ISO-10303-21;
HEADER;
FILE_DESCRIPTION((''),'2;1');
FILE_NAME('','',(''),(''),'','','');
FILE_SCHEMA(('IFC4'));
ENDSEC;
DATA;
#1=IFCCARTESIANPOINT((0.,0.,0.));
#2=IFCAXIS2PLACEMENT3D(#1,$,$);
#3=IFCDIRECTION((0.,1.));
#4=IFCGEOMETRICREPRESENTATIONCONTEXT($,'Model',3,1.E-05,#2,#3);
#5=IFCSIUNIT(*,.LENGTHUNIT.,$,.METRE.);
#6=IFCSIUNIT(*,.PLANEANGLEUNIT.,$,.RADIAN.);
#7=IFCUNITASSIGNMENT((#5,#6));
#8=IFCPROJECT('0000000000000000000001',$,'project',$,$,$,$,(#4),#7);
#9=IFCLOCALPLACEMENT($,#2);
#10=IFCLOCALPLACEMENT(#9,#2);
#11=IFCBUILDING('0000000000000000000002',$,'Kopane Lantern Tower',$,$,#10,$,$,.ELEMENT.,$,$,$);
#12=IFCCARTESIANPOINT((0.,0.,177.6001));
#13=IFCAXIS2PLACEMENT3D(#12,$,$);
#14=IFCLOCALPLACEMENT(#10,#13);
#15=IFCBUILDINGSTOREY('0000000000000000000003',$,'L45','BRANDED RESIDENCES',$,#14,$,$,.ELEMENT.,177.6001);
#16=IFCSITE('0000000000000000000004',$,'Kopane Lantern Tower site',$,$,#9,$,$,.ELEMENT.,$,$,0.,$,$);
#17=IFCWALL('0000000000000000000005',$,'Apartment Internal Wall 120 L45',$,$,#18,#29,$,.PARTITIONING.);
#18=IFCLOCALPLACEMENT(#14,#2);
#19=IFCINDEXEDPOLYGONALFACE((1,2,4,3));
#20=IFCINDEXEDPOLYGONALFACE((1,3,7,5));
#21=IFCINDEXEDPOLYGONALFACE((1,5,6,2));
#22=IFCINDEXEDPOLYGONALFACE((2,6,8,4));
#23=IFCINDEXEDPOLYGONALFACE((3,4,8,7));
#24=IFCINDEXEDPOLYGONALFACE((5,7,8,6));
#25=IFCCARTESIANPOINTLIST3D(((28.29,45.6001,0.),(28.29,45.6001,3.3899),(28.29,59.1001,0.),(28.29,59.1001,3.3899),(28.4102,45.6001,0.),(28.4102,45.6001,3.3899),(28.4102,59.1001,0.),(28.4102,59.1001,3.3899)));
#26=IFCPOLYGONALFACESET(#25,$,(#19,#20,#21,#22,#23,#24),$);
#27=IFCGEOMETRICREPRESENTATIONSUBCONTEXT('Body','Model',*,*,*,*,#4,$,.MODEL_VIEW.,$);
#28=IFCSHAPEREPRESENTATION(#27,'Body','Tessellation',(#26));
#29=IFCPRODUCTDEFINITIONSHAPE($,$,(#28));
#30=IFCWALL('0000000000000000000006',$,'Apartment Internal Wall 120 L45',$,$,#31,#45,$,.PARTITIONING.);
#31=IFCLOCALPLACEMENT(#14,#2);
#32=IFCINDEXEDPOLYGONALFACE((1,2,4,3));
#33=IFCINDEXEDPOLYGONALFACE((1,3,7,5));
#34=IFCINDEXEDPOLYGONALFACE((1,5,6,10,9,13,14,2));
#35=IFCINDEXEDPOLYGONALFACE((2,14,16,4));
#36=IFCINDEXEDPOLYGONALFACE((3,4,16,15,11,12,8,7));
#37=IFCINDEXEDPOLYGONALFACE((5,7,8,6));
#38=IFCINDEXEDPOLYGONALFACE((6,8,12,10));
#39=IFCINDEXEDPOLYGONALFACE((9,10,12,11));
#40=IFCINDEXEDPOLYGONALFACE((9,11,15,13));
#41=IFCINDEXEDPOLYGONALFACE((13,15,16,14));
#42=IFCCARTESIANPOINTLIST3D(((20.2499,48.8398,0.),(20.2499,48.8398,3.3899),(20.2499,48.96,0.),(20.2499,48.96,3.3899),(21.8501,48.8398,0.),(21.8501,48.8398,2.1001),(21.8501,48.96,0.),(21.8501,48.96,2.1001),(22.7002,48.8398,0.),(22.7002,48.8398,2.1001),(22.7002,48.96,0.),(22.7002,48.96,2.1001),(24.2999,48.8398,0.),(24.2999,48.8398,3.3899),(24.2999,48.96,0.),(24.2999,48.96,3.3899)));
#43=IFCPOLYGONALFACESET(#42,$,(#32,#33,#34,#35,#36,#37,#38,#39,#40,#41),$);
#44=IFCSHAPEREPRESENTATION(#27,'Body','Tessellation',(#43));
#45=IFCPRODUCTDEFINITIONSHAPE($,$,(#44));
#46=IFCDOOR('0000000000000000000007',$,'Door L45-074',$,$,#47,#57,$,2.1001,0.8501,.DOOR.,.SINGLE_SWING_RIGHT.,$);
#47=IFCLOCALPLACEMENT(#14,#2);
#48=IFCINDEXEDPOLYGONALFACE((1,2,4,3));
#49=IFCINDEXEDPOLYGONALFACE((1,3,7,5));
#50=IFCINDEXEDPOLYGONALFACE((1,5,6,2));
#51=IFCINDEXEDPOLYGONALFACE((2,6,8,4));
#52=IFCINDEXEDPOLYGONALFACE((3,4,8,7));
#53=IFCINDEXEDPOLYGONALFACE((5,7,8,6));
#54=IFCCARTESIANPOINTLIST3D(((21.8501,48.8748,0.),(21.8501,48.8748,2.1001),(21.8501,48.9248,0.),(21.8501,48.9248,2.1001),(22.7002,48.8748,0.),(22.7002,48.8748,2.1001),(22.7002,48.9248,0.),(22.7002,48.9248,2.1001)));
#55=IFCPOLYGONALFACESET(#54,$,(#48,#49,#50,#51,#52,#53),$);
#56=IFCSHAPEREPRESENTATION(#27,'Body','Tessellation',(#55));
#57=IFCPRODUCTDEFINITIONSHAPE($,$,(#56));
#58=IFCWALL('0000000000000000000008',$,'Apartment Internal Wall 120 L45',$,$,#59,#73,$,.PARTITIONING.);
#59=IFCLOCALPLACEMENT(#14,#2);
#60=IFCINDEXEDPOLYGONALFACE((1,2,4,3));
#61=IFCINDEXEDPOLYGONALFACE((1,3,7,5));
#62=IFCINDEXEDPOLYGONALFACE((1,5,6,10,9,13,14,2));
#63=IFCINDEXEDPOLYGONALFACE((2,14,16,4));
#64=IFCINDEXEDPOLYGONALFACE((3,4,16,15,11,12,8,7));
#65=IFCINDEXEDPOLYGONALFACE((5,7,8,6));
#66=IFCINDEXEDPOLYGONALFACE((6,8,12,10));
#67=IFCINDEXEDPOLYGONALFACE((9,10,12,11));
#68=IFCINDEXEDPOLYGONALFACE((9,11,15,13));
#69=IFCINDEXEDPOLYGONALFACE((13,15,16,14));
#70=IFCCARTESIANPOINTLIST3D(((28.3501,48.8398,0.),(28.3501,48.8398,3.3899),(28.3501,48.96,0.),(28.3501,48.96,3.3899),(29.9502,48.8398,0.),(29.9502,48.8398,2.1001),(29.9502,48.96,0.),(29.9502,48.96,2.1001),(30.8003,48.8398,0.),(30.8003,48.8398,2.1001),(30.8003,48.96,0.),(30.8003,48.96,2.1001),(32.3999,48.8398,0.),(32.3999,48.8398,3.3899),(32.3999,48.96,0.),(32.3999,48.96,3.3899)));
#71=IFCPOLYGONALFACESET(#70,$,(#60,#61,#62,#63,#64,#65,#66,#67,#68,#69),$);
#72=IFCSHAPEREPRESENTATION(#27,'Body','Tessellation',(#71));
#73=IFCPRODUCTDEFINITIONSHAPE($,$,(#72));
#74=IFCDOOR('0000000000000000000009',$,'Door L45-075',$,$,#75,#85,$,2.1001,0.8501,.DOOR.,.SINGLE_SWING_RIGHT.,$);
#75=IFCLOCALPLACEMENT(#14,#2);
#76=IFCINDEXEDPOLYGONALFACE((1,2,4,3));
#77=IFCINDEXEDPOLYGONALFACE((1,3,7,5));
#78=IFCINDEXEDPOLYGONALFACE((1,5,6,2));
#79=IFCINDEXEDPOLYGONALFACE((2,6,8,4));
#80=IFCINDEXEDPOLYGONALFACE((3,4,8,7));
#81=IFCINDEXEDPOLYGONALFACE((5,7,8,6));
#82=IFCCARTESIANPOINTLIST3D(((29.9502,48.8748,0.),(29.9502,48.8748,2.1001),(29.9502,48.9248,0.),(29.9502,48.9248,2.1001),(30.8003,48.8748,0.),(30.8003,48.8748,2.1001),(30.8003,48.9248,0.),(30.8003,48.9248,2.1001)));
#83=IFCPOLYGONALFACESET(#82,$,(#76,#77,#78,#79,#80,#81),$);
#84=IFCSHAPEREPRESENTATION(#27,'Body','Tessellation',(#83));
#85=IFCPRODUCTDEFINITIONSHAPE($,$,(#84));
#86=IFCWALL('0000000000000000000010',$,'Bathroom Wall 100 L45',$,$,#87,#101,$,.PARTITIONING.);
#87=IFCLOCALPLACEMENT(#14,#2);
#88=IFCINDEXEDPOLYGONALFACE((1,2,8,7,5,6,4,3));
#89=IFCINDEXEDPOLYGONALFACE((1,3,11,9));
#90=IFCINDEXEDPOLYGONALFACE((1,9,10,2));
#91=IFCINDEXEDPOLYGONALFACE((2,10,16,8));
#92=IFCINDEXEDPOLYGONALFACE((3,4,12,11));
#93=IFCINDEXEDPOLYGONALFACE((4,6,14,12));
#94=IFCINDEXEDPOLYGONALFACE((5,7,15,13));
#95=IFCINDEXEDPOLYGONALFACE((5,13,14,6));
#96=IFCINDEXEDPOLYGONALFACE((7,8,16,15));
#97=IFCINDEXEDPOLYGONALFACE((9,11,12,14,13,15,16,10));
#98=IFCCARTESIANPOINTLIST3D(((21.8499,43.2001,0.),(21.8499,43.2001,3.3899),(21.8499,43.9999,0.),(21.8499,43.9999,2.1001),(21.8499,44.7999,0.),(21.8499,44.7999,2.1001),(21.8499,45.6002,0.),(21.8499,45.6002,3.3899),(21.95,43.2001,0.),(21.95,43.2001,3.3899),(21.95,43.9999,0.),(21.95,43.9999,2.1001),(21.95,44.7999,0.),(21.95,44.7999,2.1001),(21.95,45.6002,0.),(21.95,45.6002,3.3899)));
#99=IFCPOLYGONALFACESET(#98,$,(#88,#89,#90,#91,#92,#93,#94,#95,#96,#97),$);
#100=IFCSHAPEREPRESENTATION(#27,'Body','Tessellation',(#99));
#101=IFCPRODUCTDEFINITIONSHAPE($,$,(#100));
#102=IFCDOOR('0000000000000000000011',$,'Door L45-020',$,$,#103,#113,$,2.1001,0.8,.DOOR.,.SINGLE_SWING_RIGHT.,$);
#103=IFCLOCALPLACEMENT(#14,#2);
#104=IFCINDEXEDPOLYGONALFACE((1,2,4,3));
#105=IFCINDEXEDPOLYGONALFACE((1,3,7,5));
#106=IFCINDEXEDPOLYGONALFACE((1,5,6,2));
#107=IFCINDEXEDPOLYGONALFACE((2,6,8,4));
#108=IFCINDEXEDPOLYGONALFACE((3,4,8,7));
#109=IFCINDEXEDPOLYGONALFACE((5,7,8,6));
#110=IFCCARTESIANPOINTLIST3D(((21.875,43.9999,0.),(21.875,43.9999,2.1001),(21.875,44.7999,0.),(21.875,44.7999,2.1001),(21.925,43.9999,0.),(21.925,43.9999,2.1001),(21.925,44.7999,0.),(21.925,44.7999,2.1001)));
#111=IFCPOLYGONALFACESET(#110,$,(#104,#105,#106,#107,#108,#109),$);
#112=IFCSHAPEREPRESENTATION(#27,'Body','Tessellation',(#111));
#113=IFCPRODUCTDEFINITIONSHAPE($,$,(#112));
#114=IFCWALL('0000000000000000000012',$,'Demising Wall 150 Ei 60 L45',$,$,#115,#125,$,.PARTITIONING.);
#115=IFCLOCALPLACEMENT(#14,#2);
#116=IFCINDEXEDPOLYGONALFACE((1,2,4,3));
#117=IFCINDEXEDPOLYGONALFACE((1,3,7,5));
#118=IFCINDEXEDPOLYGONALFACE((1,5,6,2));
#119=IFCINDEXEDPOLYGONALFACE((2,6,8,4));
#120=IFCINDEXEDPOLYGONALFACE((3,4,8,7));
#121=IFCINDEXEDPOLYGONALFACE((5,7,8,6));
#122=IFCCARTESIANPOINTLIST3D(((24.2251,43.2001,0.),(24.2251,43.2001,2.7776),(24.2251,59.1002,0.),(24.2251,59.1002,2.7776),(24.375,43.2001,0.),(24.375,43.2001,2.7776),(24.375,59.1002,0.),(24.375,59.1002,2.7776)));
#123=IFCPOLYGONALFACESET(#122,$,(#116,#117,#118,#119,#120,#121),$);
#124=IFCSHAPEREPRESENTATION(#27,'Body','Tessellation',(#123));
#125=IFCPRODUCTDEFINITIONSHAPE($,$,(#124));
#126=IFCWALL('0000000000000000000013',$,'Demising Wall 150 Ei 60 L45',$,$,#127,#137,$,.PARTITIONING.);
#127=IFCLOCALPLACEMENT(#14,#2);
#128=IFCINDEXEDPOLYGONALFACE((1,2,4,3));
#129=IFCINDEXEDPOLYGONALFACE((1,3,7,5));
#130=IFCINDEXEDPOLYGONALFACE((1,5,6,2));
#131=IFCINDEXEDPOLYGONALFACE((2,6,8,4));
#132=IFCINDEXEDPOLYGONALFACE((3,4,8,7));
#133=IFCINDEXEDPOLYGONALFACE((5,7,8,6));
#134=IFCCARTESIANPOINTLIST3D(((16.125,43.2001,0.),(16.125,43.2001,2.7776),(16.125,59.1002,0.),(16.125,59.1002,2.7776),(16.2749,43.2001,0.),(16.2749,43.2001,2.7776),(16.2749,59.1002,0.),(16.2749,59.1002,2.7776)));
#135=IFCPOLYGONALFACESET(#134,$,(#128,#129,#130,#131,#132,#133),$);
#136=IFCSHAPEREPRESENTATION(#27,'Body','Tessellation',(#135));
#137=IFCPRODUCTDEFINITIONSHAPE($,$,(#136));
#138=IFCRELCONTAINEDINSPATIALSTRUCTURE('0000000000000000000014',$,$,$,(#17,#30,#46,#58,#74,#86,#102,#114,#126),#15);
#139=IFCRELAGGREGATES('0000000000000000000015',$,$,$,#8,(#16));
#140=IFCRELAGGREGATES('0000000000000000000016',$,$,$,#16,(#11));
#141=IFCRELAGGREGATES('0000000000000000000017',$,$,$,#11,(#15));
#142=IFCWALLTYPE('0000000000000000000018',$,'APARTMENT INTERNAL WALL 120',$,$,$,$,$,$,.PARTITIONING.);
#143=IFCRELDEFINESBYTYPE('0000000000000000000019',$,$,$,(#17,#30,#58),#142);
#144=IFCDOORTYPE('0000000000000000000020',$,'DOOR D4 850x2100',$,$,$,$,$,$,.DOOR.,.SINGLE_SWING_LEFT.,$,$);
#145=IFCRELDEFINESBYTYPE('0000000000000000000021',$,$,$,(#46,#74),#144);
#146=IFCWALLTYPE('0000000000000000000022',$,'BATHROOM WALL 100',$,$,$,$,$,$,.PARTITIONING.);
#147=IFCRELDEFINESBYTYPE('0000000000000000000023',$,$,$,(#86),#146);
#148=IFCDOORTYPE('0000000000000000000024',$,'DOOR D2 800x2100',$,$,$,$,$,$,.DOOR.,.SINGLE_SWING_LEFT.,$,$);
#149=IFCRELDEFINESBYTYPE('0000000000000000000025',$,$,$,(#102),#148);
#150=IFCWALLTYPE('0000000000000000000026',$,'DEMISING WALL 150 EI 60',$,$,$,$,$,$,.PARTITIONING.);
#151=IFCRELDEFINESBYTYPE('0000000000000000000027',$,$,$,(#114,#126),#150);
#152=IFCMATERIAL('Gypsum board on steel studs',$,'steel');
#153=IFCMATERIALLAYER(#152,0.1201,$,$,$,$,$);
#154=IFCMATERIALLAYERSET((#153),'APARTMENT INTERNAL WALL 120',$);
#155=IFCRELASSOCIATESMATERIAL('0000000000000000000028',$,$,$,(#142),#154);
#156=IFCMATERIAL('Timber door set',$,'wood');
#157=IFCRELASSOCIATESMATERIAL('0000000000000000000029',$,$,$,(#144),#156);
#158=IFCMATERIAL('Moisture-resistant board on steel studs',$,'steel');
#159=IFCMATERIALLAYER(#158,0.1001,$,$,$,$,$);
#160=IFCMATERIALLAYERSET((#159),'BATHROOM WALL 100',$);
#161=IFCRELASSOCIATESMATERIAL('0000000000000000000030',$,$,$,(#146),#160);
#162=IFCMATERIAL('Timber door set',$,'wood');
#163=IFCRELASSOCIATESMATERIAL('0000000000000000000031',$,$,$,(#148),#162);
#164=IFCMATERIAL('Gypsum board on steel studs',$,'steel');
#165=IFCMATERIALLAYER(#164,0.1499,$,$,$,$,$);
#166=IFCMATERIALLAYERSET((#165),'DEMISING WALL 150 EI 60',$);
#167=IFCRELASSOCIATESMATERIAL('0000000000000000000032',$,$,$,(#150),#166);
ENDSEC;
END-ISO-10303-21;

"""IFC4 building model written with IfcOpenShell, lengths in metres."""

from ifc_helpers import new_model, si_unit, direction, frame, frame_2d, origin, place, context, subcontext, project, spatial, rectangle, extrude, material, layer, layer_set, type_object, element, fill, save


model = new_model("IFC4")

# Units and contexts
model_context = context("Model", 3, precision=1e-05, world=origin(), true_north=direction((0.0, 1.0)))
body_context = subcontext(model_context, "Body", "Model", "MODEL_VIEW")
ifc_project = project(units=[si_unit("LENGTHUNIT", "METRE"), si_unit("PLANEANGLEUNIT", "RADIAN")], contexts=[model_context])

# Site, building, storey
site_placement = place(None, origin())
site = spatial("IfcSite", under=ifc_project, at=site_placement, Name="Kopane Lantern Tower site", CompositionType="ELEMENT", RefElevation=0.0)
building_placement = place(site_placement, origin())
building = spatial("IfcBuilding", under=site, at=building_placement, Name="Kopane Lantern Tower", CompositionType="ELEMENT")
storey_placement = place(building_placement, frame((0.0, 0.0, 177.6001)))
storey = spatial("IfcBuildingStorey", under=building, at=storey_placement, Name="L45", Description="BRANDED RESIDENCES", CompositionType="ELEMENT", Elevation=177.6001)

# Wall
ifc_material_1 = material(Name="Gypsum board on steel studs", Category="steel")
ifc_layer_1 = layer(ifc_material_1, 0.1201)
ifc_layer_set_1 = layer_set([ifc_layer_1], Name="APARTMENT INTERNAL WALL 120")
wall_type_1 = type_object("IfcWallType", Name="APARTMENT INTERNAL WALL 120", PredefinedType="PARTITIONING", material=ifc_layer_set_1)
for number, where, z_axis, x_axis, name in (
    (1, (28.3501, 45.6001, 0.0), (0.0, 0.0, 1.0), (0.0, 1.0, 0.0), "Apartment Internal Wall 120 L45"),
):
    element("IfcWall", number, at=place(storey_placement, frame(where, z_axis=z_axis, x_axis=x_axis)), inside=storey, type_object=wall_type_1, Name=name, PredefinedType="PARTITIONING", context=body_context, shape_type="SweptSolid", body=[
        extrude(rectangle(XDim=13.5, YDim=0.1201, at=frame_2d((6.75, 0.0))), origin(), (0.0, 0.0, 1.0), 3.3899),
    ])

# Walls, openings, doors
wall_1_placement = place(storey_placement, frame((20.25, 48.8999, 0.0), z_axis=(0.0, 0.0, 1.0), x_axis=(1.0, 0.0, 0.0)))
wall_1 = element("IfcWall", 2, at=wall_1_placement, inside=storey, type_object=wall_type_1, Name="Apartment Internal Wall 120 L45", PredefinedType="PARTITIONING", context=body_context, shape_type="SweptSolid", body=[
    extrude(rectangle(XDim=4.05, YDim=0.1201, at=frame_2d((2.0249, 0.0))), origin(), (0.0, 0.0, 1.0), 3.3899),
])
opening_1_placement = place(wall_1_placement, frame((1.6001, 0.0, 0.0)))
opening_1 = element("IfcOpeningElement", 3, at=opening_1_placement, cuts=wall_1, PredefinedType="OPENING", context=body_context, shape_type="SweptSolid", body=[
    extrude(rectangle(XDim=0.8501, YDim=2.1001, at=frame_2d((0.425, 1.05))), frame((0.0, 0.0701, 0.0), z_axis=(0.0, -1.0, 0.0), x_axis=(1.0, 0.0, 0.0)), (0.0, 0.0, 1.0), 0.1401),
])
ifc_material_2 = material(Name="Timber door set", Category="wood")
door_type_1 = type_object("IfcDoorType", Name="DOOR D4 850x2100", OperationType="SINGLE_SWING_LEFT", PredefinedType="DOOR", material=ifc_material_2)
door_1_placement = place(opening_1_placement, origin())
door_1 = element("IfcDoor", 4, at=door_1_placement, inside=storey, type_object=door_type_1, Name="Door L45-074", OperationType="SINGLE_SWING_RIGHT", OverallHeight=2.1001, OverallWidth=0.8501, PredefinedType="DOOR", context=body_context, shape_type="SweptSolid", body=[
    extrude(rectangle(XDim=0.8501, YDim=2.1001, at=frame_2d((0.425, 1.05))), frame((0.0, 0.0249, 0.0), z_axis=(0.0, -1.0, 0.0), x_axis=(1.0, 0.0, 0.0)), (0.0, 0.0, 1.0), 0.05),
])
fill(opening_1, door_1)
wall_2_placement = place(storey_placement, frame((28.3501, 48.8999, 0.0), z_axis=(0.0, 0.0, 1.0), x_axis=(1.0, 0.0, 0.0)))
wall_2 = element("IfcWall", 5, at=wall_2_placement, inside=storey, type_object=wall_type_1, Name="Apartment Internal Wall 120 L45", PredefinedType="PARTITIONING", context=body_context, shape_type="SweptSolid", body=[
    extrude(rectangle(XDim=4.0498, YDim=0.1201, at=frame_2d((2.0249, 0.0))), origin(), (0.0, 0.0, 1.0), 3.3899),
])
opening_2_placement = place(wall_2_placement, frame((1.6001, 0.0, 0.0)))
opening_2 = element("IfcOpeningElement", 6, at=opening_2_placement, cuts=wall_2, PredefinedType="OPENING", context=body_context, shape_type="SweptSolid", body=[
    extrude(rectangle(XDim=0.8501, YDim=2.1001, at=frame_2d((0.425, 1.05))), frame((0.0, 0.0701, 0.0), z_axis=(0.0, -1.0, 0.0), x_axis=(1.0, 0.0, 0.0)), (0.0, 0.0, 1.0), 0.1401),
])
door_2_placement = place(opening_2_placement, origin())
door_2 = element("IfcDoor", 7, at=door_2_placement, inside=storey, type_object=door_type_1, Name="Door L45-075", OperationType="SINGLE_SWING_RIGHT", OverallHeight=2.1001, OverallWidth=0.8501, PredefinedType="DOOR", context=body_context, shape_type="SweptSolid", body=[
    extrude(rectangle(XDim=0.8501, YDim=2.1001, at=frame_2d((0.425, 1.05))), frame((0.0, 0.0249, 0.0), z_axis=(0.0, -1.0, 0.0), x_axis=(1.0, 0.0, 0.0)), (0.0, 0.0, 1.0), 0.05),
])
fill(opening_2, door_2)
ifc_material_3 = material(Name="Moisture-resistant board on steel studs", Category="steel")
ifc_layer_2 = layer(ifc_material_3, 0.1001)
ifc_layer_set_2 = layer_set([ifc_layer_2], Name="BATHROOM WALL 100")
wall_type_2 = type_object("IfcWallType", Name="BATHROOM WALL 100", PredefinedType="PARTITIONING", material=ifc_layer_set_2)
wall_3_placement = place(storey_placement, frame((21.8999, 43.2, 0.0), z_axis=(0.0, 0.0, 1.0), x_axis=(0.0, 1.0, 0.0)))
wall_3 = element("IfcWall", 8, at=wall_3_placement, inside=storey, type_object=wall_type_2, Name="Bathroom Wall 100 L45", PredefinedType="PARTITIONING", context=body_context, shape_type="SweptSolid", body=[
    extrude(rectangle(XDim=2.4001, YDim=0.1001, at=frame_2d((1.2002, 0.0))), origin(), (0.0, 0.0, 1.0), 3.3899),
])
opening_3_placement = place(wall_3_placement, frame((0.8, 0.0, 0.0)))
opening_3 = element("IfcOpeningElement", 9, at=opening_3_placement, cuts=wall_3, PredefinedType="OPENING", context=body_context, shape_type="SweptSolid", body=[
    extrude(rectangle(XDim=0.8, YDim=2.1001, at=frame_2d((0.3999, 1.05))), frame((0.0, 0.0601, 0.0), z_axis=(0.0, -1.0, 0.0), x_axis=(1.0, 0.0, 0.0)), (0.0, 0.0, 1.0), 0.1201),
])
ifc_material_4 = material(Name="Timber door set", Category="wood")
door_type_2 = type_object("IfcDoorType", Name="DOOR D2 800x2100", OperationType="SINGLE_SWING_LEFT", PredefinedType="DOOR", material=ifc_material_4)
door_3_placement = place(opening_3_placement, origin())
door_3 = element("IfcDoor", 10, at=door_3_placement, inside=storey, type_object=door_type_2, Name="Door L45-020", OperationType="SINGLE_SWING_RIGHT", OverallHeight=2.1001, OverallWidth=0.8, PredefinedType="DOOR", context=body_context, shape_type="SweptSolid", body=[
    extrude(rectangle(XDim=0.8, YDim=2.1001, at=frame_2d((0.3999, 1.05))), frame((0.0, 0.0249, 0.0), z_axis=(0.0, -1.0, 0.0), x_axis=(1.0, 0.0, 0.0)), (0.0, 0.0, 1.0), 0.05),
])
fill(opening_3, door_3)

# Walls
ifc_material_5 = material(Name="Gypsum board on steel studs", Category="steel")
ifc_layer_3 = layer(ifc_material_5, 0.1499)
ifc_layer_set_3 = layer_set([ifc_layer_3], Name="DEMISING WALL 150 EI 60")
wall_type_3 = type_object("IfcWallType", Name="DEMISING WALL 150 EI 60", PredefinedType="PARTITIONING", material=ifc_layer_set_3)
for number, where, z_axis, x_axis, name in (
    (11, (24.3, 43.2, 0.0), (0.0, 0.0, 1.0), (0.0, 1.0, 0.0), "Demising Wall 150 Ei 60 L45"),
    (12, (16.2, 43.2, 0.0), (0.0, 0.0, 1.0), (0.0, 1.0, 0.0), "Demising Wall 150 Ei 60 L45"),
):
    element("IfcWall", number, at=place(storey_placement, frame(where, z_axis=z_axis, x_axis=x_axis)), inside=storey, type_object=wall_type_3, Name=name, PredefinedType="PARTITIONING", context=body_context, shape_type="SweptSolid", body=[
        extrude(rectangle(XDim=15.9001, YDim=0.1499, at=frame_2d((7.9502, 0.0))), origin(), (0.0, 0.0, 1.0), 2.7776),
    ])

save(model, "model.ifc")
